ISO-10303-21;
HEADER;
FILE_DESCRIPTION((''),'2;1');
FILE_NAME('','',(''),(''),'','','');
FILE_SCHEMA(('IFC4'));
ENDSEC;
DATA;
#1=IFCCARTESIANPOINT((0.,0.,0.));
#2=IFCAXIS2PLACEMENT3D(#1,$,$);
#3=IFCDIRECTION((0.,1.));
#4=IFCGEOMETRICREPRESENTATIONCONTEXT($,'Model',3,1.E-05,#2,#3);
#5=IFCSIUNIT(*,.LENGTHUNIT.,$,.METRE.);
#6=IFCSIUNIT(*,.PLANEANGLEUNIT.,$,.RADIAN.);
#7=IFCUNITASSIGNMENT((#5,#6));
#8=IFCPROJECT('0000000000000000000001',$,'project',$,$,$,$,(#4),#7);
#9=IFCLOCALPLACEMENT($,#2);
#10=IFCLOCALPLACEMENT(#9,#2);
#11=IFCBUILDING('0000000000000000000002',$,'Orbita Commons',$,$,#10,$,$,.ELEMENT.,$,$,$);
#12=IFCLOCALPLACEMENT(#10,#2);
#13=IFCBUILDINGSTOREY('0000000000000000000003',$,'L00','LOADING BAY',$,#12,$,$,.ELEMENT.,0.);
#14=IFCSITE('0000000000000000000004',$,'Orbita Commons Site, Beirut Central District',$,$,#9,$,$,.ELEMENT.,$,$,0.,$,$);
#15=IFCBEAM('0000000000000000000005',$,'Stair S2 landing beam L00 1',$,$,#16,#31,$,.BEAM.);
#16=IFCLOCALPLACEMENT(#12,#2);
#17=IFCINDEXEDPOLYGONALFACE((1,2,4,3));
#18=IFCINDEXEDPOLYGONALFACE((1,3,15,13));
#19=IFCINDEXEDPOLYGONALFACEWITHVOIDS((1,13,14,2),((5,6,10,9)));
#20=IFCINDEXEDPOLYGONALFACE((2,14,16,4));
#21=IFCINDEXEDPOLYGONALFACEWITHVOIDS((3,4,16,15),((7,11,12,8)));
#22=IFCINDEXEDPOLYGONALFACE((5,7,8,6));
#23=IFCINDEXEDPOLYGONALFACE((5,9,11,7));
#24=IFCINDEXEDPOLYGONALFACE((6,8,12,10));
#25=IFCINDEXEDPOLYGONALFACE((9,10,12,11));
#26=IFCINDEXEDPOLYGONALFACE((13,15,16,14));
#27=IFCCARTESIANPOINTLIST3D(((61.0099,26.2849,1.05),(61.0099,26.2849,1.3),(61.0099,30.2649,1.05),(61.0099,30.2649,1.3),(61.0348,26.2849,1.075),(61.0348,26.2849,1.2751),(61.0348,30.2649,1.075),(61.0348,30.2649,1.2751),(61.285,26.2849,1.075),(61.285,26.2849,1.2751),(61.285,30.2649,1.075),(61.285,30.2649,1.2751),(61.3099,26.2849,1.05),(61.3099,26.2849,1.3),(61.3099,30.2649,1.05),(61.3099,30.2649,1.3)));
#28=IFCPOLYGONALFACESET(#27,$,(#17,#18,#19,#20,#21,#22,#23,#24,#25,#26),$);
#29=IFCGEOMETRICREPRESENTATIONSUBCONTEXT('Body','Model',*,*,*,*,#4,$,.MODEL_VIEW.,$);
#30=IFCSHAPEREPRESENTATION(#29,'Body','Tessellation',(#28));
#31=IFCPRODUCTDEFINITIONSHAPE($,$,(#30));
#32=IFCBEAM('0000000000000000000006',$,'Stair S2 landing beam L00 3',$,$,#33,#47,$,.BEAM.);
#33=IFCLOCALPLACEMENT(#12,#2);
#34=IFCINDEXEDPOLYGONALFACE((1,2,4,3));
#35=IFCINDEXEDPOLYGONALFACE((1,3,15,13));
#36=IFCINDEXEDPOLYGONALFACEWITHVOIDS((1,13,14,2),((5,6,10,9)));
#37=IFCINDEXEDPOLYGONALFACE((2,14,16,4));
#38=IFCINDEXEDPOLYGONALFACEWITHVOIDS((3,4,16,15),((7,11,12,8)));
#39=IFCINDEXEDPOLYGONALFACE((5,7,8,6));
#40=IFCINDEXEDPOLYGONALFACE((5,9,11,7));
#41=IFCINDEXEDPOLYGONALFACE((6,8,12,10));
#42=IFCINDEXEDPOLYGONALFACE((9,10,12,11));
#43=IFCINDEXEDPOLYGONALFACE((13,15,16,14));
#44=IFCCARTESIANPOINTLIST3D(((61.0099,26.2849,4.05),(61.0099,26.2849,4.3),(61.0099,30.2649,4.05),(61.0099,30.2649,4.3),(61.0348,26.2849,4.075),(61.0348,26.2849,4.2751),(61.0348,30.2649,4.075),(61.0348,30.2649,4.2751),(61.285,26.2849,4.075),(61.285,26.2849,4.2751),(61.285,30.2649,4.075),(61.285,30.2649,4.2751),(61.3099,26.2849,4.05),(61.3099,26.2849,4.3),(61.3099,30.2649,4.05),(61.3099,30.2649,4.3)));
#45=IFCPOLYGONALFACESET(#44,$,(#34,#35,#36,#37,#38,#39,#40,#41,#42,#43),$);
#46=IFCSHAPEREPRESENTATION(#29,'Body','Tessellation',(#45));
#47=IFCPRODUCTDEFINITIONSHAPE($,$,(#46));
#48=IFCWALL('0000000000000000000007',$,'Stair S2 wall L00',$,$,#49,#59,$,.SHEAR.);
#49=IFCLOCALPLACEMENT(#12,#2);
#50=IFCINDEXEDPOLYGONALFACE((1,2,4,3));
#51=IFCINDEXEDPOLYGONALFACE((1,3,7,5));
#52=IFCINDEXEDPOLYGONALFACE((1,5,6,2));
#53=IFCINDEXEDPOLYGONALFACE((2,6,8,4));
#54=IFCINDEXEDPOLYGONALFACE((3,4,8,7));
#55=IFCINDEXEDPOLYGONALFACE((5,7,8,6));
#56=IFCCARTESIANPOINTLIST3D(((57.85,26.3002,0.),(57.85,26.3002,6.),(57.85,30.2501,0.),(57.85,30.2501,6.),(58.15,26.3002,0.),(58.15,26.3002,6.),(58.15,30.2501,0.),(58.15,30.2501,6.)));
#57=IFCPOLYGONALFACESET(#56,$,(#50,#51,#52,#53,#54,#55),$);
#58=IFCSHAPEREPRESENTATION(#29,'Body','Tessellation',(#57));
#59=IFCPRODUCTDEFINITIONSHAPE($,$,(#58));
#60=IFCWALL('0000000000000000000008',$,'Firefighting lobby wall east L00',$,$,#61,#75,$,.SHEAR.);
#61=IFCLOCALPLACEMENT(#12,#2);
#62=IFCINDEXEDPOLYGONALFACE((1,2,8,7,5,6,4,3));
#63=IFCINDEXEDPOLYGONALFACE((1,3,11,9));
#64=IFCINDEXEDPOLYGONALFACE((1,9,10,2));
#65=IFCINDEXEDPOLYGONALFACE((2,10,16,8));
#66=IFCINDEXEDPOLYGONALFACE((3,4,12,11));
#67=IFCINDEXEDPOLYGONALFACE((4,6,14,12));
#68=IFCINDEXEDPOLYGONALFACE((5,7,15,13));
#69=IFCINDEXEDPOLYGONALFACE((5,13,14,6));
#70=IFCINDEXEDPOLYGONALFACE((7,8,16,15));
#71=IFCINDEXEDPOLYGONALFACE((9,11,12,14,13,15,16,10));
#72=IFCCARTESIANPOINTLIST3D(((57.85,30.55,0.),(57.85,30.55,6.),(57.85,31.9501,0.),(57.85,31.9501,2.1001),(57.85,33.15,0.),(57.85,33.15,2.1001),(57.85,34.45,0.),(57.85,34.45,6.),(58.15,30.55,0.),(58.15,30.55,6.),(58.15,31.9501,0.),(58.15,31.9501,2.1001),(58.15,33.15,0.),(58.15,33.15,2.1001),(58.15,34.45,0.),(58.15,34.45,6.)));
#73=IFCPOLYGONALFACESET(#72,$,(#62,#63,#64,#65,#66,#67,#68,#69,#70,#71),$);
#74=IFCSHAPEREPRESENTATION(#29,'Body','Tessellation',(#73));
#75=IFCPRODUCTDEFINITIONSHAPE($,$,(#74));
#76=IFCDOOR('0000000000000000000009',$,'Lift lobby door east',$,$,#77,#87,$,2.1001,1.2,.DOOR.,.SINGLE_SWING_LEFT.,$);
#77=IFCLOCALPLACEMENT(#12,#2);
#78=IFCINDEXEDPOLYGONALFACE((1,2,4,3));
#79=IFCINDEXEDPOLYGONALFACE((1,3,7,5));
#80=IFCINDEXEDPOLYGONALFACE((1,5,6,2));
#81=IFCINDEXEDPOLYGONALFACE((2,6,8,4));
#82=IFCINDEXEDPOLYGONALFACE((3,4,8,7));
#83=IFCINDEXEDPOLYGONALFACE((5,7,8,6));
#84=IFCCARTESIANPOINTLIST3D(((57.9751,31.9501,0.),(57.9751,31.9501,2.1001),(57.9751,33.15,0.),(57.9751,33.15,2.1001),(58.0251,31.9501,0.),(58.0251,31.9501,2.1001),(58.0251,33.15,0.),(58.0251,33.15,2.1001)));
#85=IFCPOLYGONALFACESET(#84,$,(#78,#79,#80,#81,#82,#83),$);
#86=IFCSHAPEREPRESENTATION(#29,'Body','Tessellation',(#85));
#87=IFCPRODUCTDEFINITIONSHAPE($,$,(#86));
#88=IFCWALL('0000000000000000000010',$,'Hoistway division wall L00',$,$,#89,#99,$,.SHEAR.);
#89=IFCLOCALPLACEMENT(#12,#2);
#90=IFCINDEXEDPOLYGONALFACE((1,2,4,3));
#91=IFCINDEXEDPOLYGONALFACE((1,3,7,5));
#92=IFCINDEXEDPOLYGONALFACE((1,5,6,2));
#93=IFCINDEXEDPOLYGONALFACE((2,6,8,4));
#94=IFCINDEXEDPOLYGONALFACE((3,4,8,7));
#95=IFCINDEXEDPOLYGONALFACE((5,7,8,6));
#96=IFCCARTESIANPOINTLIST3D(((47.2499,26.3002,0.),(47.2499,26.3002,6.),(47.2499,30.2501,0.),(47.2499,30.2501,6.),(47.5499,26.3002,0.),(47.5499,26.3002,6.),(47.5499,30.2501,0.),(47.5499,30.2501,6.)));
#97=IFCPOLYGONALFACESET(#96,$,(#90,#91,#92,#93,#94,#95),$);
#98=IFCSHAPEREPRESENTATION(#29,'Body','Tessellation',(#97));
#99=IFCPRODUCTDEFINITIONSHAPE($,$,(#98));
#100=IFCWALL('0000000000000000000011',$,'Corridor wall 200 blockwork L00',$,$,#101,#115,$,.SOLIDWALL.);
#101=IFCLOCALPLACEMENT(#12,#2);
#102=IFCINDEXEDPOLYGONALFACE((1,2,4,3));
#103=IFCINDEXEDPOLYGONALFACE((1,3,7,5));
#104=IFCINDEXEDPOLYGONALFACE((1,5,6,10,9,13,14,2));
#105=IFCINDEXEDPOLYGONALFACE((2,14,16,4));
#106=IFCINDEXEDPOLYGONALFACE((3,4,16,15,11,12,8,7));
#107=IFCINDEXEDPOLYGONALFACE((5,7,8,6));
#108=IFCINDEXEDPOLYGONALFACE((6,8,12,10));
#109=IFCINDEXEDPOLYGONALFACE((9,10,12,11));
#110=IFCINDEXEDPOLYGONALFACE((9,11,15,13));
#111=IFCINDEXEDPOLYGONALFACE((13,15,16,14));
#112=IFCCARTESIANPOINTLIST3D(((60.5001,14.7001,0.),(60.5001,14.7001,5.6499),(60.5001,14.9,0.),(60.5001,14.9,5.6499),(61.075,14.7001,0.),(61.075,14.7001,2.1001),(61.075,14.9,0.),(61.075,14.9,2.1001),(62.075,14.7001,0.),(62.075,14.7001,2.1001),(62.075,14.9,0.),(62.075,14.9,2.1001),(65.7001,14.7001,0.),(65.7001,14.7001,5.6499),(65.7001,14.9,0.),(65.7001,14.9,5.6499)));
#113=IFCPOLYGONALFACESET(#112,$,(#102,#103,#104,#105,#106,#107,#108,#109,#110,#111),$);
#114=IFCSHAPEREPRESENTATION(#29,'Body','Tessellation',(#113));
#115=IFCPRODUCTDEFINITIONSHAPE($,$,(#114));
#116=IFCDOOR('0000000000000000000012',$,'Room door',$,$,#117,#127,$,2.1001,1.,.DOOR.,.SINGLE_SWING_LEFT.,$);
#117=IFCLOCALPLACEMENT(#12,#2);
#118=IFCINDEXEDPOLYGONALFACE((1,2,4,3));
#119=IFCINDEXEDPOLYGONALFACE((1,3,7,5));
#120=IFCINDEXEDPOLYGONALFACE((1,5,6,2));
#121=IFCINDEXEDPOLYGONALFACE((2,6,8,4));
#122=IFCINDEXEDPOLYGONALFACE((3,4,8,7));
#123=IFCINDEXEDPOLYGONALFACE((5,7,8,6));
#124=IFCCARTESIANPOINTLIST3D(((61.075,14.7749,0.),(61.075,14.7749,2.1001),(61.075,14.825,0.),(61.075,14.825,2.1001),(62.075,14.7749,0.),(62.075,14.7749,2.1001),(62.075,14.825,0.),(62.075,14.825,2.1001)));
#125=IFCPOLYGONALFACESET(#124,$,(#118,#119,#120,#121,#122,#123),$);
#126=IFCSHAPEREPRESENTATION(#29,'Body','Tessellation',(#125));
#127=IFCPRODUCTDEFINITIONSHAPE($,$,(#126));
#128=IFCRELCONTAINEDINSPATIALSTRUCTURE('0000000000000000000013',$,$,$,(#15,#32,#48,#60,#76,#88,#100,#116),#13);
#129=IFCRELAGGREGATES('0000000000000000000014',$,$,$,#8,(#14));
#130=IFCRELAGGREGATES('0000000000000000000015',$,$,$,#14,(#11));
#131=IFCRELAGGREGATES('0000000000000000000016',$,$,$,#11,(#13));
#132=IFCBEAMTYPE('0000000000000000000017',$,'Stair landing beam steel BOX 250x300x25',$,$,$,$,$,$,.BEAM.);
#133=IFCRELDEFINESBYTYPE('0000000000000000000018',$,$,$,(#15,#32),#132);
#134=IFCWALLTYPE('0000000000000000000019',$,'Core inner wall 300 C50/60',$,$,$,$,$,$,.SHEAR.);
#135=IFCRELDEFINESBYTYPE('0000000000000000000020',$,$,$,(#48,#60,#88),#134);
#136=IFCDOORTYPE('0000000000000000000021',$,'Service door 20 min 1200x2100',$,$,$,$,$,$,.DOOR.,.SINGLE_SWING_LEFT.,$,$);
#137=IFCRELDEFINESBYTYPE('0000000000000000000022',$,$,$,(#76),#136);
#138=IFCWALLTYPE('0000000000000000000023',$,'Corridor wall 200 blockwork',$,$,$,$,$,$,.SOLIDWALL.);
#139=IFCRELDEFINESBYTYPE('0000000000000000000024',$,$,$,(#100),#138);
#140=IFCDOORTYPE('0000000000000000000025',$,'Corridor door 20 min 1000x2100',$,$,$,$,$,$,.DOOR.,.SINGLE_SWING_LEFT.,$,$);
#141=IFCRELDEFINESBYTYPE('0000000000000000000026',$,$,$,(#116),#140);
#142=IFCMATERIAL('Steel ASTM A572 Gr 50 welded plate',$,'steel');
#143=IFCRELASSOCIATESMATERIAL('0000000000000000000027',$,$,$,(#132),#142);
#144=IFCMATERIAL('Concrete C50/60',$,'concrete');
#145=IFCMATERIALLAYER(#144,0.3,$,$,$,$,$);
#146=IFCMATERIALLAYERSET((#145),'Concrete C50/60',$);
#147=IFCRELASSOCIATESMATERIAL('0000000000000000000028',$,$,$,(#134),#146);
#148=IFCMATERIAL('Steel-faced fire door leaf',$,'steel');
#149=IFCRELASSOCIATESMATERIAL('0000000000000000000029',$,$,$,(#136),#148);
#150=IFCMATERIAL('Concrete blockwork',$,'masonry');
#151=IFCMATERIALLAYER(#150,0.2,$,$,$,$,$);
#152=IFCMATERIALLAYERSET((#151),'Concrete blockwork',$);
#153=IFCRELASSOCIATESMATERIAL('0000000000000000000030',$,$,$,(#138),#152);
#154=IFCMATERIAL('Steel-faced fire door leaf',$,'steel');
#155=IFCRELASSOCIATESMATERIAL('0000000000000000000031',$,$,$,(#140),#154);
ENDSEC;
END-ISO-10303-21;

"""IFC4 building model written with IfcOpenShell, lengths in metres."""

from ifc_helpers import new_model, si_unit, direction, frame, frame_2d, origin, origin_2d, place, context, subcontext, project, spatial, rectangle, hollow_rectangle, extrude, material, layer, layer_set, material_profile, profile_set, type_object, element, fill, save


model = new_model("IFC4")

# Units and contexts
model_context = context("Model", 3, precision=1e-05, world=origin(), true_north=direction((0.0, 1.0)))
body_context = subcontext(model_context, "Body", "Model", "MODEL_VIEW")
ifc_project = project(units=[si_unit("LENGTHUNIT", "METRE"), si_unit("PLANEANGLEUNIT", "RADIAN")], contexts=[model_context])

# Site, building, storey
site_placement = place(None, origin())
site = spatial("IfcSite", under=ifc_project, at=site_placement, Name="Orbita Commons Site, Beirut Central District", CompositionType="ELEMENT", RefElevation=0.0)
building_placement = place(site_placement, origin())
building = spatial("IfcBuilding", under=site, at=building_placement, Name="Orbita Commons", CompositionType="ELEMENT")
storey_placement = place(building_placement, origin())
storey = spatial("IfcBuildingStorey", under=building, at=storey_placement, Name="L00", Description="LOADING BAY", CompositionType="ELEMENT", Elevation=0.0)

# Beams
ifc_material_1 = material(Name="Steel ASTM A572 Gr 50 welded plate", Category="steel")
ifc_material_profile = material_profile(ifc_material_1, hollow_rectangle(XDim=0.3, YDim=0.25, WallThickness=0.0249, at=origin_2d()), Name="BOX 250x300x25")
ifc_profile_set = profile_set([ifc_material_profile], Name="Steel ASTM A572 Gr 50 welded plate")
beam_type = type_object("IfcBeamType", Name="Stair landing beam steel BOX 250x300x25", PredefinedType="BEAM", material=ifc_profile_set)
for number, where, z_axis, x_axis, name in (
    (1, (61.1599, 26.2849, 1.175), (0.0, 1.0, 0.0), (-1.0, 0.0, 0.0), "Stair S2 landing beam L00 1"),
    (2, (61.1599, 26.2849, 4.175), (0.0, 1.0, 0.0), (-1.0, 0.0, 0.0), "Stair S2 landing beam L00 3"),
):
    element("IfcBeam", number, at=place(storey_placement, frame(where, z_axis=z_axis, x_axis=x_axis)), inside=storey, type_object=beam_type, Name=name, PredefinedType="BEAM", context=body_context, shape_type="SweptSolid", body=[
        extrude(hollow_rectangle(XDim=0.3, YDim=0.25, WallThickness=0.0249, at=origin_2d()), origin(), (0.0, 0.0, 1.0), 3.98),
    ])

# Wall
ifc_material_2 = material(Name="Concrete C50/60", Category="concrete")
ifc_layer_1 = layer(ifc_material_2, 0.3)
ifc_layer_set_1 = layer_set([ifc_layer_1], Name="Concrete C50/60")
wall_type_1 = type_object("IfcWallType", Name="Core inner wall 300 C50/60", PredefinedType="SHEAR", material=ifc_layer_set_1)
wall_1_placement = place(storey_placement, frame((58.0, 26.3, 0.0), z_axis=(0.0, 0.0, 1.0), x_axis=(0.0, 1.0, 0.0)))
element("IfcWall", 3, at=wall_1_placement, inside=storey, type_object=wall_type_1, Name="Stair S2 wall L00", PredefinedType="SHEAR", context=body_context, shape_type="SweptSolid", body=[
    extrude(rectangle(XDim=3.95, YDim=0.3, at=frame_2d((1.9751, 0.0))), origin(), (0.0, 0.0, 1.0), 6.0),
])

# Wall, opening, door
wall_2_placement = place(storey_placement, frame((58.0, 30.55, 0.0), z_axis=(0.0, 0.0, 1.0), x_axis=(0.0, 1.0, 0.0)))
wall_2 = element("IfcWall", 4, at=wall_2_placement, inside=storey, type_object=wall_type_1, Name="Firefighting lobby wall east L00", PredefinedType="SHEAR", context=body_context, shape_type="SweptSolid", body=[
    extrude(rectangle(XDim=3.8999, YDim=0.3, at=frame_2d((1.95, 0.0))), origin(), (0.0, 0.0, 1.0), 6.0),
])
opening_1_placement = place(wall_2_placement, frame((1.3999, 0.0, 0.0)))
opening_1 = element("IfcOpeningElement", 5, at=opening_1_placement, cuts=wall_2, PredefinedType="OPENING", context=body_context, shape_type="SweptSolid", body=[
    extrude(rectangle(XDim=1.2, YDim=2.1001, at=frame_2d((0.6001, 1.05))), frame((0.0, 0.1599, 0.0), z_axis=(0.0, -1.0, 0.0), x_axis=(1.0, 0.0, 0.0)), (0.0, 0.0, 1.0), 0.3201),
])
ifc_material_3 = material(Name="Steel-faced fire door leaf", Category="steel")
door_type_1 = type_object("IfcDoorType", Name="Service door 20 min 1200x2100", OperationType="SINGLE_SWING_LEFT", PredefinedType="DOOR", material=ifc_material_3)
door_1_placement = place(opening_1_placement, origin())
door_1 = element("IfcDoor", 6, at=door_1_placement, inside=storey, type_object=door_type_1, Name="Lift lobby door east", OperationType="SINGLE_SWING_LEFT", OverallHeight=2.1001, OverallWidth=1.2, PredefinedType="DOOR", context=body_context, shape_type="SweptSolid", body=[
    extrude(rectangle(XDim=1.2, YDim=2.1001, at=frame_2d((0.6001, 1.05))), frame((0.0, 0.0249, 0.0), z_axis=(0.0, -1.0, 0.0), x_axis=(1.0, 0.0, 0.0)), (0.0, 0.0, 1.0), 0.05),
])
fill(opening_1, door_1)

# Wall
wall_3_placement = place(storey_placement, frame((47.3999, 26.3, 0.0), z_axis=(0.0, 0.0, 1.0), x_axis=(0.0, 1.0, 0.0)))
element("IfcWall", 7, at=wall_3_placement, inside=storey, type_object=wall_type_1, Name="Hoistway division wall L00", PredefinedType="SHEAR", context=body_context, shape_type="SweptSolid", body=[
    extrude(rectangle(XDim=3.95, YDim=0.3, at=frame_2d((1.9751, 0.0))), origin(), (0.0, 0.0, 1.0), 6.0),
])

# Wall, opening, door
ifc_material_4 = material(Name="Concrete blockwork", Category="masonry")
ifc_layer_2 = layer(ifc_material_4, 0.2)
ifc_layer_set_2 = layer_set([ifc_layer_2], Name="Concrete blockwork")
wall_type_2 = type_object("IfcWallType", Name="Corridor wall 200 blockwork", PredefinedType="SOLIDWALL", material=ifc_layer_set_2)
wall_4_placement = place(storey_placement, frame((60.5, 14.8, 0.0), z_axis=(0.0, 0.0, 1.0), x_axis=(1.0, 0.0, 0.0)))
wall_4 = element("IfcWall", 8, at=wall_4_placement, inside=storey, type_object=wall_type_2, Name="Corridor wall 200 blockwork L00", PredefinedType="SOLIDWALL", context=body_context, shape_type="SweptSolid", body=[
    extrude(rectangle(XDim=5.2, YDim=0.2, at=frame_2d((2.6001, 0.0))), origin(), (0.0, 0.0, 1.0), 5.6499),
])
opening_2_placement = place(wall_4_placement, frame((0.575, 0.0, 0.0)))
opening_2 = element("IfcOpeningElement", 9, at=opening_2_placement, cuts=wall_4, PredefinedType="OPENING", context=body_context, shape_type="SweptSolid", body=[
    extrude(rectangle(XDim=1.0, YDim=2.1001, at=frame_2d((0.5, 1.05))), frame((0.0, 0.1099, 0.0), z_axis=(0.0, -1.0, 0.0), x_axis=(1.0, 0.0, 0.0)), (0.0, 0.0, 1.0), 0.22),
])
ifc_material_5 = material(Name="Steel-faced fire door leaf", Category="steel")
door_type_2 = type_object("IfcDoorType", Name="Corridor door 20 min 1000x2100", OperationType="SINGLE_SWING_LEFT", PredefinedType="DOOR", material=ifc_material_5)
door_2_placement = place(opening_2_placement, origin())
door_2 = element("IfcDoor", 10, at=door_2_placement, inside=storey, type_object=door_type_2, Name="Room door", OperationType="SINGLE_SWING_LEFT", OverallHeight=2.1001, OverallWidth=1.0, PredefinedType="DOOR", context=body_context, shape_type="SweptSolid", body=[
    extrude(rectangle(XDim=1.0, YDim=2.1001, at=frame_2d((0.5, 1.05))), frame((0.0, 0.0249, 0.0), z_axis=(0.0, -1.0, 0.0), x_axis=(1.0, 0.0, 0.0)), (0.0, 0.0, 1.0), 0.05),
])
fill(opening_2, door_2)

save(model, "model.ifc")
